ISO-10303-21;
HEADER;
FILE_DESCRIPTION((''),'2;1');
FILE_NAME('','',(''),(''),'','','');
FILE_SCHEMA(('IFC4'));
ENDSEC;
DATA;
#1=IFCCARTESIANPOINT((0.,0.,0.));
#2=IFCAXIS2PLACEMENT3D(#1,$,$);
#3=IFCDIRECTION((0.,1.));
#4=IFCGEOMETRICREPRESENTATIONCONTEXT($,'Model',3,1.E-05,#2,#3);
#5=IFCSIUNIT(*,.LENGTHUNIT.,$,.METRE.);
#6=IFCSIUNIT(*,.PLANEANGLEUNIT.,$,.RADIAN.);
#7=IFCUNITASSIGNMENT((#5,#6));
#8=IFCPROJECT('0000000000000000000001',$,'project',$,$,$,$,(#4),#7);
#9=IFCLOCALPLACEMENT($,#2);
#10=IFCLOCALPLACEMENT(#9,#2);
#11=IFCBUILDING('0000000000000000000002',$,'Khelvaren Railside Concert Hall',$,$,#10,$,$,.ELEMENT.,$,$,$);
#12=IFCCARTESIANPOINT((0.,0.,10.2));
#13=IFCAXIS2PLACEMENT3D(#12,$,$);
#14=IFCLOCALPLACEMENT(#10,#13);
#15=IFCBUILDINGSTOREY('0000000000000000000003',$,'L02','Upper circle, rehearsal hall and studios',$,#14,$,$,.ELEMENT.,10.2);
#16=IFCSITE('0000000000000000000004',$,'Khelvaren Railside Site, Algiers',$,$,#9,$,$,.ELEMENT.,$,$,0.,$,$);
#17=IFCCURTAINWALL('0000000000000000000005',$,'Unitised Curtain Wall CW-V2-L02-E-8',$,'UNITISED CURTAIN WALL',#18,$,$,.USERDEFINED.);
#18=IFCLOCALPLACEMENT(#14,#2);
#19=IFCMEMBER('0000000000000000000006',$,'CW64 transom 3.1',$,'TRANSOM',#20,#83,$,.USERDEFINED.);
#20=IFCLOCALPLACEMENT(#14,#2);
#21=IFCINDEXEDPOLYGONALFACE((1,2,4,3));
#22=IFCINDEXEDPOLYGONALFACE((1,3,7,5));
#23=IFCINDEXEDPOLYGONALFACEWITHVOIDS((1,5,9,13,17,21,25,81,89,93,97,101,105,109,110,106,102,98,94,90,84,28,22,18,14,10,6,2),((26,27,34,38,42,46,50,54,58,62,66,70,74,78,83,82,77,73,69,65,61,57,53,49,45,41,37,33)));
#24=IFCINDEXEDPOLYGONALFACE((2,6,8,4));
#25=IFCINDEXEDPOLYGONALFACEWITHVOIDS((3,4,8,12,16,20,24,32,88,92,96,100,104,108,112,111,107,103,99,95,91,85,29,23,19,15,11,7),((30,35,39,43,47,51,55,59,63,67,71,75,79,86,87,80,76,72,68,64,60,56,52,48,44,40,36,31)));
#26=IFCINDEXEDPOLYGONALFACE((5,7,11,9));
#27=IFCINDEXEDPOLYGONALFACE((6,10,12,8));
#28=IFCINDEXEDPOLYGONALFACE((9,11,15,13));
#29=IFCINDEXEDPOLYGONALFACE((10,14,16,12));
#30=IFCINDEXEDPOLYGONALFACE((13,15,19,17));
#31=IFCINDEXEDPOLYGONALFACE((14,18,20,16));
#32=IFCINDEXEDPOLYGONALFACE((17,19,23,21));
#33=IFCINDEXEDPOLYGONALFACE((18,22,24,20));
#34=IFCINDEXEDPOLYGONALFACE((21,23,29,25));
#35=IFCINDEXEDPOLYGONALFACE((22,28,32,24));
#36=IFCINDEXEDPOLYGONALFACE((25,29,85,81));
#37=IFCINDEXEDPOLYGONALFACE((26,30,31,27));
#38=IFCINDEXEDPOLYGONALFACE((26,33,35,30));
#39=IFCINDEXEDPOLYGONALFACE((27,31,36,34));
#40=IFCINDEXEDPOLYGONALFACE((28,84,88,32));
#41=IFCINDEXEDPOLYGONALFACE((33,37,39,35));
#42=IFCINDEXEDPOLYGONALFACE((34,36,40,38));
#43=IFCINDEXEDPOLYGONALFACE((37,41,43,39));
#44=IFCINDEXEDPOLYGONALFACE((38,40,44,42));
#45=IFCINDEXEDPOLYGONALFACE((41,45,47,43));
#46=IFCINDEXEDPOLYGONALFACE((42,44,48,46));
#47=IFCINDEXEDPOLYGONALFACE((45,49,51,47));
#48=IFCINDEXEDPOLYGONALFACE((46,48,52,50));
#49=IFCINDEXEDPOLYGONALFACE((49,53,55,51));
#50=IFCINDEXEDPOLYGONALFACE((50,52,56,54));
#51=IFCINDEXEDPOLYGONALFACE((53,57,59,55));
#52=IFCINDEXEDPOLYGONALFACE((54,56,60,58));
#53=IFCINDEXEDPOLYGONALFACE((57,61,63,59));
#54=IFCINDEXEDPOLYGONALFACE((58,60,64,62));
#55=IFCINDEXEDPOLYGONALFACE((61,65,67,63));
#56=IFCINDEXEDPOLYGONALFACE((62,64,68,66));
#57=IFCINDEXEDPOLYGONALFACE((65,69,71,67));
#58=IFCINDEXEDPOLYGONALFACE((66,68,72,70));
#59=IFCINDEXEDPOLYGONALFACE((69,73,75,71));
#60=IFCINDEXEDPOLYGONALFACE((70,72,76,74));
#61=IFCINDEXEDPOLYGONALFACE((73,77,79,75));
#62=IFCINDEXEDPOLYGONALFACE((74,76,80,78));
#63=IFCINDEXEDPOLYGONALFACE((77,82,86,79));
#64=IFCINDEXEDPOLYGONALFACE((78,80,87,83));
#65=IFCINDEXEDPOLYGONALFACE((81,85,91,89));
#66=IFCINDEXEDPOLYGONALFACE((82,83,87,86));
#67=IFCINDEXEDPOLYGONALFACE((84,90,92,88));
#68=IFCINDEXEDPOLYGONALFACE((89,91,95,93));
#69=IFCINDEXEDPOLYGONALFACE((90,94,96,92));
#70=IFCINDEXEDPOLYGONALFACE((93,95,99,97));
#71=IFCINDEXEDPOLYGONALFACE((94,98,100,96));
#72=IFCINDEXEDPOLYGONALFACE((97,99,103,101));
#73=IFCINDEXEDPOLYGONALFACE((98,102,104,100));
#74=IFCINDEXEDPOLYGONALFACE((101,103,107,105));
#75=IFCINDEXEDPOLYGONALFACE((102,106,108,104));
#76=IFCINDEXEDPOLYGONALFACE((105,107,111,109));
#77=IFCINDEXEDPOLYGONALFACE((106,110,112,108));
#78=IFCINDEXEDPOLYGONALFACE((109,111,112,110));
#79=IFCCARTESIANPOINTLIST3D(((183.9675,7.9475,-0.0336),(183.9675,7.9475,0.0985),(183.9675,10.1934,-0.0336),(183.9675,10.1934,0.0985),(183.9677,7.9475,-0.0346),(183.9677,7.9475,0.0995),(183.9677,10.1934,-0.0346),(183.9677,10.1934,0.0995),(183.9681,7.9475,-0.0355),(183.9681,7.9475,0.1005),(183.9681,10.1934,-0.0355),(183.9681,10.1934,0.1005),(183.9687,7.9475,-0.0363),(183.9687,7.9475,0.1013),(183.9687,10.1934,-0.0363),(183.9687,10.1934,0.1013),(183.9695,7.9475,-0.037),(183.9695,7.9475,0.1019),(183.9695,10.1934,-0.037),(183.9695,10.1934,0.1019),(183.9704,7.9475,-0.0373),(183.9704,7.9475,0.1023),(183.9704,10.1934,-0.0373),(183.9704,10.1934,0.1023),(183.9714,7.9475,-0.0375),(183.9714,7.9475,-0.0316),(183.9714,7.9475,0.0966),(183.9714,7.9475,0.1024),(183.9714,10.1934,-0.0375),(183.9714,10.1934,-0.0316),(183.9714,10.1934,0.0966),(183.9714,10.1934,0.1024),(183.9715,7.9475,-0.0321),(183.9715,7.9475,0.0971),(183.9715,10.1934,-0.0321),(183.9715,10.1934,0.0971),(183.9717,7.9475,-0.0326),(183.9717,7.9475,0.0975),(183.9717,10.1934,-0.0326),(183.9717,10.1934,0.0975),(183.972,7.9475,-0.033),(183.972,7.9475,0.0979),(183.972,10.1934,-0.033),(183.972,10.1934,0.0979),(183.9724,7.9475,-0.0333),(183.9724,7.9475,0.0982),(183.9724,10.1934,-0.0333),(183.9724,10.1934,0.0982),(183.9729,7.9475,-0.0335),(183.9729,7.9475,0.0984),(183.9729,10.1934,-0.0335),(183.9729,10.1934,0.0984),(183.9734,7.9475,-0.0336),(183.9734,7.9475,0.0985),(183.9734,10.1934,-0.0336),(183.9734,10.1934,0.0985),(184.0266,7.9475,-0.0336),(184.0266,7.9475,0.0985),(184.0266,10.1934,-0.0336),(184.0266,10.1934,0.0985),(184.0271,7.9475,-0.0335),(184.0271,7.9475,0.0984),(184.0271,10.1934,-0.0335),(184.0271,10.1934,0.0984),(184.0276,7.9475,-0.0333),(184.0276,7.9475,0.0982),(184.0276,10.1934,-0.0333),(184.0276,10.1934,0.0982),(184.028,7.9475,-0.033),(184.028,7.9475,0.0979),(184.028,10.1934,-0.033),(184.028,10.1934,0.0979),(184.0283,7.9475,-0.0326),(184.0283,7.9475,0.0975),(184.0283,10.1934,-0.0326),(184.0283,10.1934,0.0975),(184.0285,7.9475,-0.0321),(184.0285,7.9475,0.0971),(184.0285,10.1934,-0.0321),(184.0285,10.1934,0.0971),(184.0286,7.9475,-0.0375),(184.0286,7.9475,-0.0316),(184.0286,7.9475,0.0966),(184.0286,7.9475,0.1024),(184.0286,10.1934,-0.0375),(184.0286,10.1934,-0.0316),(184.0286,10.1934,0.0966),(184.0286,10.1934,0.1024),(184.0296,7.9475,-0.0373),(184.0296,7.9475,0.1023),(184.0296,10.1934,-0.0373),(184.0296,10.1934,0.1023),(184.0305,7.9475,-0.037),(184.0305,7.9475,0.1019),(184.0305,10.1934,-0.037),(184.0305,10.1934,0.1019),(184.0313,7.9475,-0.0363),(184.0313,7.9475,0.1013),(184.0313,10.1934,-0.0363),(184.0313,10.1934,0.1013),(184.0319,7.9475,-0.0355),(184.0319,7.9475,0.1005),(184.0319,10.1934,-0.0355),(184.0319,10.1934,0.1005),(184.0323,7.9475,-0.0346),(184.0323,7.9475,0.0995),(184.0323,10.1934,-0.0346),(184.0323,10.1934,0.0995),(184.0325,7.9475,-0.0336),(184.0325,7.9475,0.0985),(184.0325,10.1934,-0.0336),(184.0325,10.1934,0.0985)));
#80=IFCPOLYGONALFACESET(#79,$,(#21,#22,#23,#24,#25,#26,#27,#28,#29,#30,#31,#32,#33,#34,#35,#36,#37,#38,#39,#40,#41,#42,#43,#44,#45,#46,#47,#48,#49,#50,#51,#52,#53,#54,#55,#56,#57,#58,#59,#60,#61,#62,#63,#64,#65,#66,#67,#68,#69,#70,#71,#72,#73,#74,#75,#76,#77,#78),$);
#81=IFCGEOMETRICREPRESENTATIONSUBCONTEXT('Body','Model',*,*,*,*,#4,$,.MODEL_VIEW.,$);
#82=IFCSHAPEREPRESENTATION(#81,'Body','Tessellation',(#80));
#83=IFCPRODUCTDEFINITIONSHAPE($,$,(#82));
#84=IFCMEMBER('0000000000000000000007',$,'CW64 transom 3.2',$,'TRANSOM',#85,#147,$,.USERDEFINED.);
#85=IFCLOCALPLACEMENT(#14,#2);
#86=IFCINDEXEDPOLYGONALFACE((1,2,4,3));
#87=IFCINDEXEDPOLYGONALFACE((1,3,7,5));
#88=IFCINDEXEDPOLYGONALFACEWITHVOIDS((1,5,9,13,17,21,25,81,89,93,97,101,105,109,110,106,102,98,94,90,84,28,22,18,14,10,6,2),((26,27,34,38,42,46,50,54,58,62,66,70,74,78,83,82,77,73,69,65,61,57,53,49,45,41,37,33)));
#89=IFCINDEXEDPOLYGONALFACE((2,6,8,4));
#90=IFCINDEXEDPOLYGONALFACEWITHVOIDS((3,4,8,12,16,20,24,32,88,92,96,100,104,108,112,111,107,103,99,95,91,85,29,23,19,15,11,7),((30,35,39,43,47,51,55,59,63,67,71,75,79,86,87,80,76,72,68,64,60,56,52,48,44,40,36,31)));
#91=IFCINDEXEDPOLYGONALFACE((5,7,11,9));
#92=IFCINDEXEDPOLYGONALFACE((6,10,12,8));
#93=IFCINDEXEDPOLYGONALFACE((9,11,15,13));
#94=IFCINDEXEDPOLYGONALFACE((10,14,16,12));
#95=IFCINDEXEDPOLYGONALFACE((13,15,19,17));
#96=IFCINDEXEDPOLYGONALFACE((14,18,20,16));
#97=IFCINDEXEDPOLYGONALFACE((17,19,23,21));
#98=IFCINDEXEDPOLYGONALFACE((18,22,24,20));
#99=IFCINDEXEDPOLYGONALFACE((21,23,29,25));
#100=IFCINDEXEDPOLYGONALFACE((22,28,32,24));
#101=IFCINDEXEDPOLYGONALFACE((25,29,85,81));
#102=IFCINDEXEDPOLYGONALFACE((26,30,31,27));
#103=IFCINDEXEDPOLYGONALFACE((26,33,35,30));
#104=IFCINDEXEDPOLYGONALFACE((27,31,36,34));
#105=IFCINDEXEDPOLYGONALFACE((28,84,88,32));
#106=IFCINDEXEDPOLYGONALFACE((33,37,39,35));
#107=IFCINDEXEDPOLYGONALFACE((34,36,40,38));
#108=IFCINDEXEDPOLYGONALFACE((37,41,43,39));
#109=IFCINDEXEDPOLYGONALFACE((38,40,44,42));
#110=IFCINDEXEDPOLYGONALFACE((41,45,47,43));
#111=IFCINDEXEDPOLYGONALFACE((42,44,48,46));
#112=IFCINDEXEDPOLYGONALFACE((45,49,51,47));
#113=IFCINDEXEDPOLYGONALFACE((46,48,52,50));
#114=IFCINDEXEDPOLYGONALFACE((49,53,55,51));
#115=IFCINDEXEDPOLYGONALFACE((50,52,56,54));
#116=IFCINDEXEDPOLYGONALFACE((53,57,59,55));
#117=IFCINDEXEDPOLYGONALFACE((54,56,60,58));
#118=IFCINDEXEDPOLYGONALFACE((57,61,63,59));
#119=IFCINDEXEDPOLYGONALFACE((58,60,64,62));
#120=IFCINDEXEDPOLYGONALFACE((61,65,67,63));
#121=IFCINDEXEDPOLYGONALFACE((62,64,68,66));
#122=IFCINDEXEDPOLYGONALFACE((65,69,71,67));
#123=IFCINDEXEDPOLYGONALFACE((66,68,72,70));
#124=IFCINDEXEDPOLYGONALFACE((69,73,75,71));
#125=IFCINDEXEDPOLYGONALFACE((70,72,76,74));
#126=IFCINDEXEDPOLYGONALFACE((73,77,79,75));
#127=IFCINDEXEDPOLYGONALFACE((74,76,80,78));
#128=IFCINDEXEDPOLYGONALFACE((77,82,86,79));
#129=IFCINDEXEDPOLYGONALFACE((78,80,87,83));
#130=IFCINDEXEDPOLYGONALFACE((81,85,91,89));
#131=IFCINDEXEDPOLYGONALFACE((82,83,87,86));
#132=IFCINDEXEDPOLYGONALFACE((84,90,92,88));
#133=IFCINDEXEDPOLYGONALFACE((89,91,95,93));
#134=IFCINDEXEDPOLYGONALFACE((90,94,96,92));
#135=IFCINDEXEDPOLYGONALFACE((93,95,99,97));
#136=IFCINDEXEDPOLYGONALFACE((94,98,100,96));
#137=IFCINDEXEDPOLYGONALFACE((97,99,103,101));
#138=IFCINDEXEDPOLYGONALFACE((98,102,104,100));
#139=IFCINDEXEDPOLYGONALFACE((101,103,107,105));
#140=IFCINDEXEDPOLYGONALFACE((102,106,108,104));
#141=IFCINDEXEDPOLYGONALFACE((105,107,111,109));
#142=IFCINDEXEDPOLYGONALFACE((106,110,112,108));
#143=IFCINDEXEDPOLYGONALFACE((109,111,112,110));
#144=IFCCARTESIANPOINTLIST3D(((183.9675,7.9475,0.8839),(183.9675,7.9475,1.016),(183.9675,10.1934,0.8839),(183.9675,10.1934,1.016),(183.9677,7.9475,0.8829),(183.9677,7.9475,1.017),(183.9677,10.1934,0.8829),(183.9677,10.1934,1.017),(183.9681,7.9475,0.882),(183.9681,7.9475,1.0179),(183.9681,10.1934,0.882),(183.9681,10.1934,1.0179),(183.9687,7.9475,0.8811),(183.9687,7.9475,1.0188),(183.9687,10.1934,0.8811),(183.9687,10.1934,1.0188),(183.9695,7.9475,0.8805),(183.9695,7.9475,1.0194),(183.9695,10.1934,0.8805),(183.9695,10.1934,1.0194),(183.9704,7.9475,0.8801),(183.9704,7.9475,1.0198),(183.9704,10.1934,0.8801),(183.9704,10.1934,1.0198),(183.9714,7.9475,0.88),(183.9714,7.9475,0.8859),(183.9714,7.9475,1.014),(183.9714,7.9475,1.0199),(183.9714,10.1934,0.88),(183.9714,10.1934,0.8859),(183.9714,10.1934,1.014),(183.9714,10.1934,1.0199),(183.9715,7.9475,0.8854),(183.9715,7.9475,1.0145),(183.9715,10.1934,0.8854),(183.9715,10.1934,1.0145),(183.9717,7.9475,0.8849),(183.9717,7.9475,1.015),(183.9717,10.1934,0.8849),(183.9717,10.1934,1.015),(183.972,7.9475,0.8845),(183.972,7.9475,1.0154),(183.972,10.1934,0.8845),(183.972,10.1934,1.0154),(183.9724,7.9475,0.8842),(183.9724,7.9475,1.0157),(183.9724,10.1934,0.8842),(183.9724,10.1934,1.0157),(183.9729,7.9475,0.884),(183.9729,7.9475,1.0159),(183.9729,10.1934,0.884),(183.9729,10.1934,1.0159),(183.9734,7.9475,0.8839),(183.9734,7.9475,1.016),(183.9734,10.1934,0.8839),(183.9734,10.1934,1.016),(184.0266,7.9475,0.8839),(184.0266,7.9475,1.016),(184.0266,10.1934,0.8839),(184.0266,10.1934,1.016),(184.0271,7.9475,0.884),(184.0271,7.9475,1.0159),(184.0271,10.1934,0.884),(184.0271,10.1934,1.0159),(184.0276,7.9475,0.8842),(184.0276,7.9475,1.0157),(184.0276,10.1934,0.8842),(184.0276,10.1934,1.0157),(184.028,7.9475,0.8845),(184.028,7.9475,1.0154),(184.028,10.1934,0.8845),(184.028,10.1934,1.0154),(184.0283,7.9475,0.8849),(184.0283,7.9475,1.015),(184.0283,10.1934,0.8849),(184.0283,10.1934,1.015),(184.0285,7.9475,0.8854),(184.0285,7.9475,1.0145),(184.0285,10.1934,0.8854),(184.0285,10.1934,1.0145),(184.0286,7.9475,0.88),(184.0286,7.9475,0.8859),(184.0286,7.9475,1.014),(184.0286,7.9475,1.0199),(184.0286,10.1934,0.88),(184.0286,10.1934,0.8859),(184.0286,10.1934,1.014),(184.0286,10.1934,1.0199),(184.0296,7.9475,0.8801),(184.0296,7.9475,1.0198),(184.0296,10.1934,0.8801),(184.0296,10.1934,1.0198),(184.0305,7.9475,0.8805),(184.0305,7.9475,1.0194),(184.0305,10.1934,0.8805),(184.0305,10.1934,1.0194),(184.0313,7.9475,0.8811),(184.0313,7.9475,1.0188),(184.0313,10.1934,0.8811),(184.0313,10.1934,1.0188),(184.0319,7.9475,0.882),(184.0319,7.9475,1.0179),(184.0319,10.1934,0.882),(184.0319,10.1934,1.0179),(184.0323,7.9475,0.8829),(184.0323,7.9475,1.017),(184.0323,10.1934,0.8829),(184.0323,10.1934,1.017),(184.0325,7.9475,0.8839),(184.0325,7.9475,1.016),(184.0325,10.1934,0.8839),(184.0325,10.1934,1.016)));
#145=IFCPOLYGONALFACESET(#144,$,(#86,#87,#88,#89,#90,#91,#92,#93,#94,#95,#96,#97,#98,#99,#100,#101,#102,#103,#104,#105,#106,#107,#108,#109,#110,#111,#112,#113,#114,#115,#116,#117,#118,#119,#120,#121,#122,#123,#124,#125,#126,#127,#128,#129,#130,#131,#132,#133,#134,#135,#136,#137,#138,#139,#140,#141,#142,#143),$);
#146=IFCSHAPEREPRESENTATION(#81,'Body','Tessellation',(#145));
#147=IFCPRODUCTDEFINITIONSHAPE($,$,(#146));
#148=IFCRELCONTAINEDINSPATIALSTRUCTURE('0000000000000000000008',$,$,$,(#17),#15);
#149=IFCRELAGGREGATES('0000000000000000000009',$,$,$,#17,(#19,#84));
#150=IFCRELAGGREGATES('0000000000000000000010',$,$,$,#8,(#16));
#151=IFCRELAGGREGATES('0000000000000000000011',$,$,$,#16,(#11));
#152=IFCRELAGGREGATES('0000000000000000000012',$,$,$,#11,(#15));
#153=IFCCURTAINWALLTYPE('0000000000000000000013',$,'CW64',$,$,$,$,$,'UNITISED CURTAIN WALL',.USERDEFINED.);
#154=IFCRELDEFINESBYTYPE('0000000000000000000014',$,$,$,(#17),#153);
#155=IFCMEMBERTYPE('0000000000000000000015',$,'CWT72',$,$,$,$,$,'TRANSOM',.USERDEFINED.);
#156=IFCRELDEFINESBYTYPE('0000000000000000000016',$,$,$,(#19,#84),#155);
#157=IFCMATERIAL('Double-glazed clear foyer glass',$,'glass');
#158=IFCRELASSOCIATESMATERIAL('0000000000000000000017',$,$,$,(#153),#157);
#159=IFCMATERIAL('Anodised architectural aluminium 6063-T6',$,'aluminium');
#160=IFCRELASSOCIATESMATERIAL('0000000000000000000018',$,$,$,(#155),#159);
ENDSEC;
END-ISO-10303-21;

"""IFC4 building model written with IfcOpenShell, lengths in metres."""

from ifc_helpers import new_model, si_unit, direction, frame, origin, origin_2d, place, context, subcontext, project, spatial, hollow_rectangle, extrude, material, material_profile, profile_set, type_object, element, aggregate, save


model = new_model("IFC4")

# Units and contexts
model_context = context("Model", 3, precision=1e-05, world=origin(), true_north=direction((0.0, 1.0)))
body_context = subcontext(model_context, "Body", "Model", "MODEL_VIEW")
ifc_project = project(units=[si_unit("LENGTHUNIT", "METRE"), si_unit("PLANEANGLEUNIT", "RADIAN")], contexts=[model_context])

# Site, building, storey
site_placement = place(None, origin())
site = spatial("IfcSite", under=ifc_project, at=site_placement, Name="Khelvaren Railside Site, Algiers", CompositionType="ELEMENT", RefElevation=0.0)
building_placement = place(site_placement, origin())
building = spatial("IfcBuilding", under=site, at=building_placement, Name="Khelvaren Railside Concert Hall", CompositionType="ELEMENT")
storey_placement = place(building_placement, frame((0.0, 0.0, 10.2)))
storey = spatial("IfcBuildingStorey", under=building, at=storey_placement, Name="L02", Description="Upper circle, rehearsal hall and studios", CompositionType="ELEMENT", Elevation=10.2)

# Shared definitions
ifc_material_1 = material(Name="Double-glazed clear foyer glass", Category="glass")
ifc_material_2 = material(Name="Anodised architectural aluminium 6063-T6", Category="aluminium")

# Curtain wall
curtain_wall_type_1 = type_object("IfcCurtainWallType", Name="CW64", ElementType="UNITISED CURTAIN WALL", PredefinedType="USERDEFINED", material=ifc_material_1)
curtain_wall_1_placement = place(storey_placement, origin())
curtain_wall_1 = element("IfcCurtainWall", 1, at=curtain_wall_1_placement, inside=storey, type_object=curtain_wall_type_1, Name="Unitised Curtain Wall CW-V2-L02-E-8", ObjectType="UNITISED CURTAIN WALL", PredefinedType="USERDEFINED")

# Members
ifc_material_profile_1 = material_profile(ifc_material_2, hollow_rectangle(XDim=0.0649, YDim=0.1399, WallThickness=0.0039, InnerFilletRadius=0.002, OuterFilletRadius=0.0039, at=origin_2d()), Name="CWT 65x140x4")
ifc_profile_set_1 = profile_set([ifc_material_profile_1], Name="Anodised architectural aluminium 6063-T6")
member_type_1 = type_object("IfcMemberType", Name="CWT72", ElementType="TRANSOM", PredefinedType="USERDEFINED", material=ifc_profile_set_1)
member_1_placement = place(storey_placement, frame((184.0, 10.1934, 0.0325), z_axis=(0.0, -1.0, 0.0), x_axis=(1.0, 0.0, 0.0)))
member_1 = element("IfcMember", 2, at=member_1_placement, type_object=member_type_1, Name="CW64 transom 3.1", ObjectType="TRANSOM", PredefinedType="USERDEFINED", context=body_context, shape_type="SweptSolid", body=[
    extrude(hollow_rectangle(XDim=0.0649, YDim=0.1399, WallThickness=0.0039, InnerFilletRadius=0.002, OuterFilletRadius=0.0039, at=origin_2d()), origin(), (0.0, 0.0, 1.0), 2.2458),
])
member_2_placement = place(storey_placement, frame((184.0, 10.1934, 0.95), z_axis=(0.0, -1.0, 0.0), x_axis=(1.0, 0.0, 0.0)))
member_2 = element("IfcMember", 3, at=member_2_placement, type_object=member_type_1, Name="CW64 transom 3.2", ObjectType="TRANSOM", PredefinedType="USERDEFINED", context=body_context, shape_type="SweptSolid", body=[
    extrude(hollow_rectangle(XDim=0.0649, YDim=0.1399, WallThickness=0.0039, InnerFilletRadius=0.002, OuterFilletRadius=0.0039, at=origin_2d()), origin(), (0.0, 0.0, 1.0), 2.2458),
])

aggregate(curtain_wall_1, [member_1, member_2])

save(model, "model.ifc")
